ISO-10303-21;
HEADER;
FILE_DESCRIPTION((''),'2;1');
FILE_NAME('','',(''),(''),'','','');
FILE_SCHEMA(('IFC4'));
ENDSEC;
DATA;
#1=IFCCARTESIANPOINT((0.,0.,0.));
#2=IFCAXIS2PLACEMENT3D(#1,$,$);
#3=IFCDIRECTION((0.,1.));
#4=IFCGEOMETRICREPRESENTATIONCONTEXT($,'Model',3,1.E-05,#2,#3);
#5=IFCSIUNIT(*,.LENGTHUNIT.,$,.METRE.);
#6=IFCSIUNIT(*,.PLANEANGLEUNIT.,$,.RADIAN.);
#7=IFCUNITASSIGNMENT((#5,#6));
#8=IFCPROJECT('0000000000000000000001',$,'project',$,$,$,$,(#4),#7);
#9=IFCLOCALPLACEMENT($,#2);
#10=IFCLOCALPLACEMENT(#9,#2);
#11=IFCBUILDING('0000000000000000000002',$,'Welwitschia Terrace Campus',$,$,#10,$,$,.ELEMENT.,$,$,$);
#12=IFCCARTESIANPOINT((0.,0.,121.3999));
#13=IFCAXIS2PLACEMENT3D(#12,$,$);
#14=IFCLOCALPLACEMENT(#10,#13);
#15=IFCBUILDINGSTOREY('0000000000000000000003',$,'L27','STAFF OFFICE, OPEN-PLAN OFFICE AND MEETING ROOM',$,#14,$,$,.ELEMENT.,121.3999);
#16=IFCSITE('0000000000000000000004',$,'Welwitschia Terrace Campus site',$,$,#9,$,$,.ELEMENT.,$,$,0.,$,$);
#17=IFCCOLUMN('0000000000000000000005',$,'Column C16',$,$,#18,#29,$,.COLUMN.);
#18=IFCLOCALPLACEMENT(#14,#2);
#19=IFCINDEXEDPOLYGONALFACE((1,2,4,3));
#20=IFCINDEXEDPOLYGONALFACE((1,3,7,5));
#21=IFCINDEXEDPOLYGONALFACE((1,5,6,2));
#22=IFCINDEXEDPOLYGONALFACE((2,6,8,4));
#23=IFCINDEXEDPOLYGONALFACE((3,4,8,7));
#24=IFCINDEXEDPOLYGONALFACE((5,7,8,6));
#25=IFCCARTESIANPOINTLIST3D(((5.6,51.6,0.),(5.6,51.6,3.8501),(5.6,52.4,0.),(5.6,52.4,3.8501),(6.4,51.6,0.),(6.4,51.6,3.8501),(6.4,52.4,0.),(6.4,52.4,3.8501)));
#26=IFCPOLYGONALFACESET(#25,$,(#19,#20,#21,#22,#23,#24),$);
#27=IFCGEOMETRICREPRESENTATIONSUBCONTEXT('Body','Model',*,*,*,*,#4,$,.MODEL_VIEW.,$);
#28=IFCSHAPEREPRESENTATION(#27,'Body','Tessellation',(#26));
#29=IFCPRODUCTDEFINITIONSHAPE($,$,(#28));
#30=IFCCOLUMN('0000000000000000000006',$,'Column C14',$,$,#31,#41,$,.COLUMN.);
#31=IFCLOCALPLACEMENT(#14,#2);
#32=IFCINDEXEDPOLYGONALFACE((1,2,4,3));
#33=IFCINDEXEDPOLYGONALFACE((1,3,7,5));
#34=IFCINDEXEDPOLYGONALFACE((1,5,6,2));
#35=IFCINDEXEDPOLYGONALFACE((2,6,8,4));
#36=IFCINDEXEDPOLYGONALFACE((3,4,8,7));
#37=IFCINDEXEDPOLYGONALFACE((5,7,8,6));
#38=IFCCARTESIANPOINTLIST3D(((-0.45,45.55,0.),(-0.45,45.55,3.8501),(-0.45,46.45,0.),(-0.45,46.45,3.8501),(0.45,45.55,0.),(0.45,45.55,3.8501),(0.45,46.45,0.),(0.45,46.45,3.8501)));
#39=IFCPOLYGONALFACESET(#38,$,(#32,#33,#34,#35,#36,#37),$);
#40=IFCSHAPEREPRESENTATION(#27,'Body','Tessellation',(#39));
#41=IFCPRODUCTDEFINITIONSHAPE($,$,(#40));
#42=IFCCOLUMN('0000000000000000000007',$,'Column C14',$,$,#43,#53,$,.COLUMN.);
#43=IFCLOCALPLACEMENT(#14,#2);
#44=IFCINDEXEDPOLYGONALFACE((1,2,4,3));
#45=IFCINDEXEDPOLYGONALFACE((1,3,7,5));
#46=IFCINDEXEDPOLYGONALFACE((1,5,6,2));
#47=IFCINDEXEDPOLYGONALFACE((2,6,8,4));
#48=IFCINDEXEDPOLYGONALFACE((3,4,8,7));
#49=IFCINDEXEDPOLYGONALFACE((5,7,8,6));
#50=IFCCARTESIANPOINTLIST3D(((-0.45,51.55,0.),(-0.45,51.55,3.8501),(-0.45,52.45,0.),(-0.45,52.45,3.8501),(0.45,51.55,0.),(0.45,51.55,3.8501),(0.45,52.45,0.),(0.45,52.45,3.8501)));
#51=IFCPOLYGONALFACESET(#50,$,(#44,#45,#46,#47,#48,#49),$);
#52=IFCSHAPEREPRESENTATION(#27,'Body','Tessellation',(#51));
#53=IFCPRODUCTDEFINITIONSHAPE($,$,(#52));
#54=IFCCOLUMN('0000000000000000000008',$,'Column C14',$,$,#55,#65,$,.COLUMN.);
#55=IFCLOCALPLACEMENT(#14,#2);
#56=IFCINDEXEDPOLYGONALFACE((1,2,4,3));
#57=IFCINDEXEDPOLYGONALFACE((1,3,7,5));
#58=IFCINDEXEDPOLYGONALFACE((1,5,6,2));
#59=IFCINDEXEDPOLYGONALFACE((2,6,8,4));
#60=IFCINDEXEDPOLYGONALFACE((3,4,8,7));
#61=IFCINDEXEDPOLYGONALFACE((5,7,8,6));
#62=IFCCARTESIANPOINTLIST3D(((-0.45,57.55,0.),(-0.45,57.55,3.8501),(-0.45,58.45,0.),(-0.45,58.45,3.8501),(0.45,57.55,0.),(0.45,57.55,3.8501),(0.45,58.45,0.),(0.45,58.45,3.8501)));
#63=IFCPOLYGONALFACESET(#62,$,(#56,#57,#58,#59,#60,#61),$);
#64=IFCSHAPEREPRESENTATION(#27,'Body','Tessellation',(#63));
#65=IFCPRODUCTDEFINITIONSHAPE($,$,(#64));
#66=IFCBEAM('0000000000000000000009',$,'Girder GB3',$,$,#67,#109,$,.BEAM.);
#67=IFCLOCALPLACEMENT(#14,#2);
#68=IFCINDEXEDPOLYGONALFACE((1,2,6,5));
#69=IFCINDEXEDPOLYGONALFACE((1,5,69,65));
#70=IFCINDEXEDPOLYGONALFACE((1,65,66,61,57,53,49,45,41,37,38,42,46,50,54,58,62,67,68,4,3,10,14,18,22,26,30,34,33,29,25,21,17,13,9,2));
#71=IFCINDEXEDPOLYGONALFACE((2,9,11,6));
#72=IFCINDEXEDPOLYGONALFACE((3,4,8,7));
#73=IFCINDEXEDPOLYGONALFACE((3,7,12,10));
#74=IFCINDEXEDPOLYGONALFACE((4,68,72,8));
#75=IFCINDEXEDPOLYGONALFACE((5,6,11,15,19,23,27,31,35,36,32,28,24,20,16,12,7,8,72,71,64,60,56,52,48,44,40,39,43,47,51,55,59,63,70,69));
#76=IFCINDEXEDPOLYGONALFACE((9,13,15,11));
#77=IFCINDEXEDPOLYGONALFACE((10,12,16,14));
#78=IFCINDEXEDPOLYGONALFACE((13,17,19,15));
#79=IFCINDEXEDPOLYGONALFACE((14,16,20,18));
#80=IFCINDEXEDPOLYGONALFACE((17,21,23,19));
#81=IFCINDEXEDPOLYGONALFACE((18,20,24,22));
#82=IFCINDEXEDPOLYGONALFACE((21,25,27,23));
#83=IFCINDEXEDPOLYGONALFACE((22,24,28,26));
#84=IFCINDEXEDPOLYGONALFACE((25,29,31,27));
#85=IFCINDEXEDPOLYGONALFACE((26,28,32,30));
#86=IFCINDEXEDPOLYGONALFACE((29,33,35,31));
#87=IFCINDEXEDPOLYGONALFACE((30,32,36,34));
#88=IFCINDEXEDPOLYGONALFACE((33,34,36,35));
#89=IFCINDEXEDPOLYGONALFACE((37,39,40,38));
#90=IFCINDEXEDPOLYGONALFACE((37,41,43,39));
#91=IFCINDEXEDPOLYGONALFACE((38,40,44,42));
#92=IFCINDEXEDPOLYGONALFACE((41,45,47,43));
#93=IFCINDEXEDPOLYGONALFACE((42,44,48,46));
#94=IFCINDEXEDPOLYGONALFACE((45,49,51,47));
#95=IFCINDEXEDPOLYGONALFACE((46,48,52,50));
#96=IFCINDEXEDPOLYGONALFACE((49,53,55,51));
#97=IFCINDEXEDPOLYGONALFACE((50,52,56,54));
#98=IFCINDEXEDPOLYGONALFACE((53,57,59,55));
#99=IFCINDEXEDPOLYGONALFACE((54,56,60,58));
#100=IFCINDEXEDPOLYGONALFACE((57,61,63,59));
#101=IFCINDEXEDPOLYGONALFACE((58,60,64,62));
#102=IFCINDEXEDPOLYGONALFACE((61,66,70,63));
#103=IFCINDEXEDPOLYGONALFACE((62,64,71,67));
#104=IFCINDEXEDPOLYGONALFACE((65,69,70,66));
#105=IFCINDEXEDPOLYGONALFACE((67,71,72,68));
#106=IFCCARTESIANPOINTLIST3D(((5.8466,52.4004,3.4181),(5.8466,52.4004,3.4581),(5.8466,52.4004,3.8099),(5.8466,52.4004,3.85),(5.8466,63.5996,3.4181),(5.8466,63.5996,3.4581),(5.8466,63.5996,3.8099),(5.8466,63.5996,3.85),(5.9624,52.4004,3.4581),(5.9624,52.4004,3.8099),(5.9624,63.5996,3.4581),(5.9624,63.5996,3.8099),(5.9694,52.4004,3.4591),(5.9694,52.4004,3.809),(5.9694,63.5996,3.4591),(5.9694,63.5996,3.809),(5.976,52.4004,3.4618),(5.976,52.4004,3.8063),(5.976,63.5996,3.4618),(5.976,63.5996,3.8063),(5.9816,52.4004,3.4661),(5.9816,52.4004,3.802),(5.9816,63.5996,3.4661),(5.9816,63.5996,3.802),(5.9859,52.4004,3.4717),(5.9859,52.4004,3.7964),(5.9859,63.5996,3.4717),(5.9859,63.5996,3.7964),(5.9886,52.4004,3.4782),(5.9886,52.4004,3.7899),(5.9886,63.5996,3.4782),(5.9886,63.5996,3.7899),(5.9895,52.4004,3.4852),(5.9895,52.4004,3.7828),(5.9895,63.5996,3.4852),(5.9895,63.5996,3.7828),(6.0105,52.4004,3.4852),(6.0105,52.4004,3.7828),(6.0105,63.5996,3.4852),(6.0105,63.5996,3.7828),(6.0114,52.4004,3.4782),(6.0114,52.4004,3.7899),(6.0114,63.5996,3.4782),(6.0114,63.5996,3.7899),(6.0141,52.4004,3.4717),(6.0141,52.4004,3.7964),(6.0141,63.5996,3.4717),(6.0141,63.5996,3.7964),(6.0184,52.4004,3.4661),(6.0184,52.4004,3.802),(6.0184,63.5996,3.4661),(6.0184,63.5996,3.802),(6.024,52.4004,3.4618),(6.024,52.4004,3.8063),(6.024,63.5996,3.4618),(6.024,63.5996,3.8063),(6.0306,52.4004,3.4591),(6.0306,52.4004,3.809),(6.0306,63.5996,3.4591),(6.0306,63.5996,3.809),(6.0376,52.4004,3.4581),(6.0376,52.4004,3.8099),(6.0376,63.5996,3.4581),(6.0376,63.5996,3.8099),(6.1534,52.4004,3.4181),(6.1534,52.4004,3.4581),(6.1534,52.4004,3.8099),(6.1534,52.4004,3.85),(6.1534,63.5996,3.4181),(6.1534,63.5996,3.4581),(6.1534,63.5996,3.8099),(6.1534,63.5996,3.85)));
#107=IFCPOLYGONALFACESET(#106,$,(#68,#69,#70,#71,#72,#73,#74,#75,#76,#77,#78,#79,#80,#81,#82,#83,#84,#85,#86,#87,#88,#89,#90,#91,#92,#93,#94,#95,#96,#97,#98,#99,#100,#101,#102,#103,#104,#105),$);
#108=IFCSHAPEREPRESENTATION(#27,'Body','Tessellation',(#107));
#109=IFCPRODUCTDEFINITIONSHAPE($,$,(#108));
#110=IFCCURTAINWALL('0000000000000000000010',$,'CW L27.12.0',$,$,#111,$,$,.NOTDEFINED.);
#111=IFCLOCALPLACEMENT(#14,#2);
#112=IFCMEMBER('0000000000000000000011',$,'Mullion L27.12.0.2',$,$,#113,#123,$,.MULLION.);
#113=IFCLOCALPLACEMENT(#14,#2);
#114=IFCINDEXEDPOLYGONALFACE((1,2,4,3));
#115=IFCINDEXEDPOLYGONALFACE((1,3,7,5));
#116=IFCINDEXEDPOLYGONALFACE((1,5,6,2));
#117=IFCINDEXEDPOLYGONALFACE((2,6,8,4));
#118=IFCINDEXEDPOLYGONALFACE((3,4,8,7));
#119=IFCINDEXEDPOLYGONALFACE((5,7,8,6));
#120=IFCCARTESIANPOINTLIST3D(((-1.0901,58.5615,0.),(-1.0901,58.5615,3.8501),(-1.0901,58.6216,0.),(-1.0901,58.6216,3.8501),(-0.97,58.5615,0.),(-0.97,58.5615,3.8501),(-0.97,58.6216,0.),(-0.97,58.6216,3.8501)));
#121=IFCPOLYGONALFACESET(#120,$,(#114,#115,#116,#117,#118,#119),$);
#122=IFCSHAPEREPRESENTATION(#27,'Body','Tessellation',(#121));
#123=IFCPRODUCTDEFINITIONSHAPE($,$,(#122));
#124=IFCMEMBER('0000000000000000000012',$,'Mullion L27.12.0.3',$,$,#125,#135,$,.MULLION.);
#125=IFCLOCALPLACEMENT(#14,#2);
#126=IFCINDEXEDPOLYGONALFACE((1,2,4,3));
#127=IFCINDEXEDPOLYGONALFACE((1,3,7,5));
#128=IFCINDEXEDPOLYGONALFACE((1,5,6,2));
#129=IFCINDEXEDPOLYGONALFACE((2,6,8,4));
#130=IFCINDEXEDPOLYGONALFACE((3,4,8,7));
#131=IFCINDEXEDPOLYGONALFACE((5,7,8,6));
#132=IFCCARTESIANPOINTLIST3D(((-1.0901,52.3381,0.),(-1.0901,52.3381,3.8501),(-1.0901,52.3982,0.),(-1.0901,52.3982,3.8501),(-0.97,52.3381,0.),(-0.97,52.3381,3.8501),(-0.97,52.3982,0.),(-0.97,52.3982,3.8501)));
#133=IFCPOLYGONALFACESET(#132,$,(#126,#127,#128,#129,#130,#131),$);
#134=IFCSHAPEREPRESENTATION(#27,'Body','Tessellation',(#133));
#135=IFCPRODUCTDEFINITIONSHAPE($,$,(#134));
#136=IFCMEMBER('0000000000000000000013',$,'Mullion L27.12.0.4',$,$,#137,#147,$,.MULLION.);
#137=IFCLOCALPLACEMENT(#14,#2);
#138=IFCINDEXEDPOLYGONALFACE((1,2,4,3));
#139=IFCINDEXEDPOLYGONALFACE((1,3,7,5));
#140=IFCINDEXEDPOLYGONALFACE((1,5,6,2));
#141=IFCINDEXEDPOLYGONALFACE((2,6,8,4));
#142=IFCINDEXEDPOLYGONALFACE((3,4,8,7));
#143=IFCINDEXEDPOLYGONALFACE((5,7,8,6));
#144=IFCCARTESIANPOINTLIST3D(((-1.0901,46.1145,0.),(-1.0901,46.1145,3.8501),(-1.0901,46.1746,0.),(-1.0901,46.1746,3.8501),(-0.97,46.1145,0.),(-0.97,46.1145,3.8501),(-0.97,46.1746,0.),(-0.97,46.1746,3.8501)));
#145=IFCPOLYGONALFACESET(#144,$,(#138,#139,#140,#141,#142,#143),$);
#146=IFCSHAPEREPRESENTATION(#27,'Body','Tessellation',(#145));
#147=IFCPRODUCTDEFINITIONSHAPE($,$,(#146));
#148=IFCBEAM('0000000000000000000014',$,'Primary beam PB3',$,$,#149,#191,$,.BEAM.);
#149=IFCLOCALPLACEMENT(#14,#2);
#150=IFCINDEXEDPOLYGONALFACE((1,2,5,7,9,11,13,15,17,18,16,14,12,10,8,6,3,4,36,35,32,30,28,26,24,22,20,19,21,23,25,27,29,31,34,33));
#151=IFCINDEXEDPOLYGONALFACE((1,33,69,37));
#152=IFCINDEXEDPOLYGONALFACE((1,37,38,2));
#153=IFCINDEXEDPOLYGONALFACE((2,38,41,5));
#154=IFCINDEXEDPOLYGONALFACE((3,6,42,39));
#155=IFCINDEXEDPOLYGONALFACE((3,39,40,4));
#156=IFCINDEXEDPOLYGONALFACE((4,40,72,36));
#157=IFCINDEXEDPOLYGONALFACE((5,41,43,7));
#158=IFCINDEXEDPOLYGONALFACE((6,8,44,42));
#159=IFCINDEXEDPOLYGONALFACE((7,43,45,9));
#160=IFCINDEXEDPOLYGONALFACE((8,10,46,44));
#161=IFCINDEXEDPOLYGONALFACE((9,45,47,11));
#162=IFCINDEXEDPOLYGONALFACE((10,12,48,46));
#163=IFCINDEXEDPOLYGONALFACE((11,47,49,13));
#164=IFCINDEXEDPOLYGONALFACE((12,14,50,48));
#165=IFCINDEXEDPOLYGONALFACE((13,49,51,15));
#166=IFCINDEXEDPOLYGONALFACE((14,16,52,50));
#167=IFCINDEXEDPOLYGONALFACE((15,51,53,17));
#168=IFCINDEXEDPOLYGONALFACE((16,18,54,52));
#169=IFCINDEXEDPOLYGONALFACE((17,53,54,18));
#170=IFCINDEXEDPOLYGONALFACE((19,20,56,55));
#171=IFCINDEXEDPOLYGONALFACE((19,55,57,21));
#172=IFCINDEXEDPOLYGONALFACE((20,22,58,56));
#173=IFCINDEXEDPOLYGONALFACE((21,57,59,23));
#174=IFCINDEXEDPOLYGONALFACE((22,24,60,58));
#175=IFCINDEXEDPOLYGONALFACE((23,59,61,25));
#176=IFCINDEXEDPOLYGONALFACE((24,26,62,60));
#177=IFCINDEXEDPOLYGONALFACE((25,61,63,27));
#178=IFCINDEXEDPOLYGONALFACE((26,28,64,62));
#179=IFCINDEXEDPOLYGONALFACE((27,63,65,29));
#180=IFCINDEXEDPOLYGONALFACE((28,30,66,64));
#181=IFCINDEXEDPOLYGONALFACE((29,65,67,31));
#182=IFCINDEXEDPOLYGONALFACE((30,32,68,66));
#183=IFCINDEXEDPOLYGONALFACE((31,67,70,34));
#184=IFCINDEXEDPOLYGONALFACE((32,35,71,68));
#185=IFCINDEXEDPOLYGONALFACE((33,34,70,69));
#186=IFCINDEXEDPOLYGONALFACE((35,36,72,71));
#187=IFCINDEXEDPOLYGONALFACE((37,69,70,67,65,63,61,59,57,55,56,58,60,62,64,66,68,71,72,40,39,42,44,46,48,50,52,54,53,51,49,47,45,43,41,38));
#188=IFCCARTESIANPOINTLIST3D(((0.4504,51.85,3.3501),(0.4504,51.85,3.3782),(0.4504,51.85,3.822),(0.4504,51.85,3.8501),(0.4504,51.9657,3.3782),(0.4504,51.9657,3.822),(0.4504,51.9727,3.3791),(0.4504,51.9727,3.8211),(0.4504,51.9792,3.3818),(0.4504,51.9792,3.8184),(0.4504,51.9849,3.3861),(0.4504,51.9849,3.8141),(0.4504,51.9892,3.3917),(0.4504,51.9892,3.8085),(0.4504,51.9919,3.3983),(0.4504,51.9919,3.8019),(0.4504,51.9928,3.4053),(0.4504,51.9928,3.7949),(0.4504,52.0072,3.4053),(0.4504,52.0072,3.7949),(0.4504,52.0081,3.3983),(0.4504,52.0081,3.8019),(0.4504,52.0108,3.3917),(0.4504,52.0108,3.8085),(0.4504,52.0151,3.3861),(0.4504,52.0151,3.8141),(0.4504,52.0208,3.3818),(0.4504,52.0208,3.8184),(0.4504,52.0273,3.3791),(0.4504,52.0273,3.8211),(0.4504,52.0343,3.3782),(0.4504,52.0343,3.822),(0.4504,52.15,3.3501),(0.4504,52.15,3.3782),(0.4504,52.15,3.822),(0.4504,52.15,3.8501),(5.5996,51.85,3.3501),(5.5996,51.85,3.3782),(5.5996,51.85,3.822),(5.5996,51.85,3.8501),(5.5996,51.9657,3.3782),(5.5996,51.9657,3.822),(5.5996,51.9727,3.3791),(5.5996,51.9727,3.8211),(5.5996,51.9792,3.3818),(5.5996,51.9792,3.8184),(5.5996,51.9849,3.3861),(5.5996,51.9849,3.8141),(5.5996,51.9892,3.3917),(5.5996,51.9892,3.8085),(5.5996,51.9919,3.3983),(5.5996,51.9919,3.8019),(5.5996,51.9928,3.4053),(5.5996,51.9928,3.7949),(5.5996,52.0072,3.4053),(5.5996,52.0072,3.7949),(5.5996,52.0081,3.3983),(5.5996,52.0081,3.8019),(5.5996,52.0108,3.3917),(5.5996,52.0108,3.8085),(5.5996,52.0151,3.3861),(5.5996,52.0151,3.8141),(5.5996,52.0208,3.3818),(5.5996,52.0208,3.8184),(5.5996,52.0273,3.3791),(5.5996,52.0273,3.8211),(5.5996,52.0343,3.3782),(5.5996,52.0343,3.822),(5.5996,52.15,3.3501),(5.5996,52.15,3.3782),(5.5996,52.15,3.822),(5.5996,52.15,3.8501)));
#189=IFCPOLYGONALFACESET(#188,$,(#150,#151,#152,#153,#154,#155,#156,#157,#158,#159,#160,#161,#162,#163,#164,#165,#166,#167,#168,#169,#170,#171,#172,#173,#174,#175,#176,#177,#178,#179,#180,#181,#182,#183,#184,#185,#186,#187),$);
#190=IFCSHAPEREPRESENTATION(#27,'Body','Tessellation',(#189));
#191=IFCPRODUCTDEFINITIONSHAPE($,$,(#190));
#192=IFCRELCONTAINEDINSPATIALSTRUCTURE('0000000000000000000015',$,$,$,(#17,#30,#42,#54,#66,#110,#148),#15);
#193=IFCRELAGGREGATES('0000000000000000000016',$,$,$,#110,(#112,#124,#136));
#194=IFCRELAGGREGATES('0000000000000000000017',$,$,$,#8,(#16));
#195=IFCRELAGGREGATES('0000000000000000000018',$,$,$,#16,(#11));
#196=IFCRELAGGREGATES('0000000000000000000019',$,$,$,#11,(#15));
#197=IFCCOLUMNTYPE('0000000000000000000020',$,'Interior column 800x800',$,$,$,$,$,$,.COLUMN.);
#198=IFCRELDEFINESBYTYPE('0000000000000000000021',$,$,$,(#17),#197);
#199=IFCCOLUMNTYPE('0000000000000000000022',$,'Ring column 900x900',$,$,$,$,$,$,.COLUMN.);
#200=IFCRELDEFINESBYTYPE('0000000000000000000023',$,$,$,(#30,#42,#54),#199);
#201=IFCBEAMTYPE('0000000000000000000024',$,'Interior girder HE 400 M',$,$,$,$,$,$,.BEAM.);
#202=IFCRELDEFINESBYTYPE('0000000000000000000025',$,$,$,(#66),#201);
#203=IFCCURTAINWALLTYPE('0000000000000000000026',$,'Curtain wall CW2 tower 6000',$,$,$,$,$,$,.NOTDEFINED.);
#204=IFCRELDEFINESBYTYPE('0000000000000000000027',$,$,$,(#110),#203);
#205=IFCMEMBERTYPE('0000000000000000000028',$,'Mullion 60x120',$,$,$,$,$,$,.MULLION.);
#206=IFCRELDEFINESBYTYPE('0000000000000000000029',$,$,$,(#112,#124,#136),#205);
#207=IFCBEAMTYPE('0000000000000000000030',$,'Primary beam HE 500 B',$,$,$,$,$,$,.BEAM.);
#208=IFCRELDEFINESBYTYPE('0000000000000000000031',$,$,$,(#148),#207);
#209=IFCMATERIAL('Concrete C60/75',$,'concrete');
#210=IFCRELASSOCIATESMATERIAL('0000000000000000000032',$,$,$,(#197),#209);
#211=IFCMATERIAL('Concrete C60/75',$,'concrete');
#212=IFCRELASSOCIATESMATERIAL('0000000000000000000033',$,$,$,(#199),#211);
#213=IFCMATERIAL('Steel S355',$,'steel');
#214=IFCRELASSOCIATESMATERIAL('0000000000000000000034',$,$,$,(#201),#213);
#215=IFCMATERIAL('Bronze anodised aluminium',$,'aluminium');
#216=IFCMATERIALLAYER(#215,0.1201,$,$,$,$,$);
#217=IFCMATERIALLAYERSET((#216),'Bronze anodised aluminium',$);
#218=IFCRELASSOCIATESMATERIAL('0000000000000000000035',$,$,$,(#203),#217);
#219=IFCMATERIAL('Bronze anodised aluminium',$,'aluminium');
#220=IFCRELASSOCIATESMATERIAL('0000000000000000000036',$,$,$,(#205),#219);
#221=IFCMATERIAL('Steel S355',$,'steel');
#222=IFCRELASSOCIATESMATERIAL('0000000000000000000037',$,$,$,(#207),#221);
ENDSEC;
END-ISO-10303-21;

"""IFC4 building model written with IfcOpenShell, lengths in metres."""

from ifc_helpers import new_model, si_unit, direction, frame, origin, origin_2d, place, context, subcontext, project, spatial, rectangle, i_section, extrude, material, layer, layer_set, material_profile, profile_set, type_object, element, aggregate, save


model = new_model("IFC4")

# Units and contexts
model_context = context("Model", 3, precision=1e-05, world=origin(), true_north=direction((0.0, 1.0)))
body_context = subcontext(model_context, "Body", "Model", "MODEL_VIEW")
ifc_project = project(units=[si_unit("LENGTHUNIT", "METRE"), si_unit("PLANEANGLEUNIT", "RADIAN")], contexts=[model_context])

# Site, building, storey
site_placement = place(None, origin())
site = spatial("IfcSite", under=ifc_project, at=site_placement, Name="Welwitschia Terrace Campus site", CompositionType="ELEMENT", RefElevation=0.0)
building_placement = place(site_placement, origin())
building = spatial("IfcBuilding", under=site, at=building_placement, Name="Welwitschia Terrace Campus", CompositionType="ELEMENT")
storey_placement = place(building_placement, frame((0.0, 0.0, 121.3999)))
storey = spatial("IfcBuildingStorey", under=building, at=storey_placement, Name="L27", Description="STAFF OFFICE, OPEN-PLAN OFFICE AND MEETING ROOM", CompositionType="ELEMENT", Elevation=121.3999)

# Columns
ifc_material_1 = material(Name="Concrete C60/75", Category="concrete")
ifc_material_profile_1 = material_profile(ifc_material_1, rectangle(XDim=0.8, YDim=0.8, at=origin_2d()))
ifc_profile_set_1 = profile_set([ifc_material_profile_1], Name="Concrete C60/75")
column_type_1 = type_object("IfcColumnType", Name="Interior column 800x800", PredefinedType="COLUMN", material=ifc_profile_set_1)
column_placement = place(storey_placement, frame((6.0, 52.0, 0.0), z_axis=(0.0, 0.0, 1.0), x_axis=(1.0, 0.0, 0.0)))
element("IfcColumn", 1, at=column_placement, inside=storey, type_object=column_type_1, Name="Column C16", PredefinedType="COLUMN", context=body_context, shape_type="SweptSolid", body=[
    extrude(rectangle(XDim=0.8, YDim=0.8, at=origin_2d()), origin(), (0.0, 0.0, 1.0), 3.8501),
])
ifc_material_2 = material(Name="Concrete C60/75", Category="concrete")
ifc_material_profile_2 = material_profile(ifc_material_2, rectangle(XDim=0.8999, YDim=0.8999, at=origin_2d()))
ifc_profile_set_2 = profile_set([ifc_material_profile_2], Name="Concrete C60/75")
column_type_2 = type_object("IfcColumnType", Name="Ring column 900x900", PredefinedType="COLUMN", material=ifc_profile_set_2)
for number, where, z_axis, x_axis, name in (
    (2, (0.0, 46.0, 0.0), (0.0, 0.0, 1.0), (1.0, 0.0, 0.0), "Column C14"),
    (3, (0.0, 52.0, 0.0), (0.0, 0.0, 1.0), (1.0, 0.0, 0.0), "Column C14"),
    (4, (0.0, 58.0, 0.0), (0.0, 0.0, 1.0), (1.0, 0.0, 0.0), "Column C14"),
):
    element("IfcColumn", number, at=place(storey_placement, frame(where, z_axis=z_axis, x_axis=x_axis)), inside=storey, type_object=column_type_2, Name=name, PredefinedType="COLUMN", context=body_context, shape_type="SweptSolid", body=[
        extrude(rectangle(XDim=0.8999, YDim=0.8999, at=origin_2d()), origin(), (0.0, 0.0, 1.0), 3.8501),
    ])

# Beam
ifc_material_3 = material(Name="Steel S355", Category="steel")
ifc_material_profile_3 = material_profile(ifc_material_3, i_section(OverallWidth=0.3069, OverallDepth=0.4319, WebThickness=0.021, FlangeThickness=0.04, FilletRadius=0.0271, at=origin_2d()))
ifc_profile_set_3 = profile_set([ifc_material_profile_3], Name="Steel S355")
beam_type_1 = type_object("IfcBeamType", Name="Interior girder HE 400 M", PredefinedType="BEAM", material=ifc_profile_set_3)
beam_1_placement = place(storey_placement, frame((6.0, 52.4004, 3.634), z_axis=(0.0, 1.0, 0.0), x_axis=(-1.0, 0.0, 0.0)))
element("IfcBeam", 5, at=beam_1_placement, inside=storey, type_object=beam_type_1, Name="Girder GB3", PredefinedType="BEAM", context=body_context, shape_type="SweptSolid", body=[
    extrude(i_section(OverallWidth=0.3069, OverallDepth=0.4319, WebThickness=0.021, FlangeThickness=0.04, FilletRadius=0.0271, at=origin_2d()), origin(), (0.0, 0.0, 1.0), 11.1992),
])

# Curtain wall, members
ifc_material_4 = material(Name="Bronze anodised aluminium", Category="aluminium")
ifc_layer_1 = layer(ifc_material_4, 0.1201)
ifc_layer_set_1 = layer_set([ifc_layer_1], Name="Bronze anodised aluminium")
curtain_wall_type = type_object("IfcCurtainWallType", Name="Curtain wall CW2 tower 6000", PredefinedType="NOTDEFINED", material=ifc_layer_set_1)
curtain_wall_placement = place(storey_placement, origin())
curtain_wall = element("IfcCurtainWall", 6, at=curtain_wall_placement, inside=storey, type_object=curtain_wall_type, Name="CW L27.12.0", PredefinedType="NOTDEFINED")
ifc_material_5 = material(Name="Bronze anodised aluminium", Category="aluminium")
ifc_material_profile_4 = material_profile(ifc_material_5, rectangle(XDim=0.1201, YDim=0.0601, at=origin_2d()))
ifc_profile_set_4 = profile_set([ifc_material_profile_4], Name="Bronze anodised aluminium")
member_type = type_object("IfcMemberType", Name="Mullion 60x120", PredefinedType="MULLION", material=ifc_profile_set_4)
member_1_placement = place(storey_placement, frame((-1.03, 58.5916, 0.0), z_axis=(0.0, 0.0, 1.0), x_axis=(1.0, 0.0, 0.0)))
member_1 = element("IfcMember", 7, at=member_1_placement, type_object=member_type, Name="Mullion L27.12.0.2", PredefinedType="MULLION", context=body_context, shape_type="SweptSolid", body=[
    extrude(rectangle(XDim=0.1201, YDim=0.0601, at=origin_2d()), origin(), (0.0, 0.0, 1.0), 3.8501),
])
member_2_placement = place(storey_placement, frame((-1.03, 52.3682, 0.0), z_axis=(0.0, 0.0, 1.0), x_axis=(1.0, 0.0, 0.0)))
member_2 = element("IfcMember", 8, at=member_2_placement, type_object=member_type, Name="Mullion L27.12.0.3", PredefinedType="MULLION", context=body_context, shape_type="SweptSolid", body=[
    extrude(rectangle(XDim=0.1201, YDim=0.0601, at=origin_2d()), origin(), (0.0, 0.0, 1.0), 3.8501),
])
member_3_placement = place(storey_placement, frame((-1.03, 46.1445, 0.0), z_axis=(0.0, 0.0, 1.0), x_axis=(1.0, 0.0, 0.0)))
member_3 = element("IfcMember", 9, at=member_3_placement, type_object=member_type, Name="Mullion L27.12.0.4", PredefinedType="MULLION", context=body_context, shape_type="SweptSolid", body=[
    extrude(rectangle(XDim=0.1201, YDim=0.0601, at=origin_2d()), origin(), (0.0, 0.0, 1.0), 3.8501),
])

# Beam
ifc_material_6 = material(Name="Steel S355", Category="steel")
ifc_material_profile_5 = material_profile(ifc_material_6, i_section(OverallWidth=0.3, OverallDepth=0.5, WebThickness=0.0144, FlangeThickness=0.0281, FilletRadius=0.0271, at=origin_2d()))
ifc_profile_set_5 = profile_set([ifc_material_profile_5], Name="Steel S355")
beam_type_2 = type_object("IfcBeamType", Name="Primary beam HE 500 B", PredefinedType="BEAM", material=ifc_profile_set_5)
beam_2_placement = place(storey_placement, frame((0.4504, 52.0, 3.6001), z_axis=(1.0, 0.0, 0.0), x_axis=(0.0, 1.0, 0.0)))
element("IfcBeam", 10, at=beam_2_placement, inside=storey, type_object=beam_type_2, Name="Primary beam PB3", PredefinedType="BEAM", context=body_context, shape_type="SweptSolid", body=[
    extrude(i_section(OverallWidth=0.3, OverallDepth=0.5, WebThickness=0.0144, FlangeThickness=0.0281, FilletRadius=0.0271, at=origin_2d()), origin(), (0.0, 0.0, 1.0), 5.1492),
])

aggregate(curtain_wall, [member_1, member_2, member_3])

save(model, "model.ifc")
